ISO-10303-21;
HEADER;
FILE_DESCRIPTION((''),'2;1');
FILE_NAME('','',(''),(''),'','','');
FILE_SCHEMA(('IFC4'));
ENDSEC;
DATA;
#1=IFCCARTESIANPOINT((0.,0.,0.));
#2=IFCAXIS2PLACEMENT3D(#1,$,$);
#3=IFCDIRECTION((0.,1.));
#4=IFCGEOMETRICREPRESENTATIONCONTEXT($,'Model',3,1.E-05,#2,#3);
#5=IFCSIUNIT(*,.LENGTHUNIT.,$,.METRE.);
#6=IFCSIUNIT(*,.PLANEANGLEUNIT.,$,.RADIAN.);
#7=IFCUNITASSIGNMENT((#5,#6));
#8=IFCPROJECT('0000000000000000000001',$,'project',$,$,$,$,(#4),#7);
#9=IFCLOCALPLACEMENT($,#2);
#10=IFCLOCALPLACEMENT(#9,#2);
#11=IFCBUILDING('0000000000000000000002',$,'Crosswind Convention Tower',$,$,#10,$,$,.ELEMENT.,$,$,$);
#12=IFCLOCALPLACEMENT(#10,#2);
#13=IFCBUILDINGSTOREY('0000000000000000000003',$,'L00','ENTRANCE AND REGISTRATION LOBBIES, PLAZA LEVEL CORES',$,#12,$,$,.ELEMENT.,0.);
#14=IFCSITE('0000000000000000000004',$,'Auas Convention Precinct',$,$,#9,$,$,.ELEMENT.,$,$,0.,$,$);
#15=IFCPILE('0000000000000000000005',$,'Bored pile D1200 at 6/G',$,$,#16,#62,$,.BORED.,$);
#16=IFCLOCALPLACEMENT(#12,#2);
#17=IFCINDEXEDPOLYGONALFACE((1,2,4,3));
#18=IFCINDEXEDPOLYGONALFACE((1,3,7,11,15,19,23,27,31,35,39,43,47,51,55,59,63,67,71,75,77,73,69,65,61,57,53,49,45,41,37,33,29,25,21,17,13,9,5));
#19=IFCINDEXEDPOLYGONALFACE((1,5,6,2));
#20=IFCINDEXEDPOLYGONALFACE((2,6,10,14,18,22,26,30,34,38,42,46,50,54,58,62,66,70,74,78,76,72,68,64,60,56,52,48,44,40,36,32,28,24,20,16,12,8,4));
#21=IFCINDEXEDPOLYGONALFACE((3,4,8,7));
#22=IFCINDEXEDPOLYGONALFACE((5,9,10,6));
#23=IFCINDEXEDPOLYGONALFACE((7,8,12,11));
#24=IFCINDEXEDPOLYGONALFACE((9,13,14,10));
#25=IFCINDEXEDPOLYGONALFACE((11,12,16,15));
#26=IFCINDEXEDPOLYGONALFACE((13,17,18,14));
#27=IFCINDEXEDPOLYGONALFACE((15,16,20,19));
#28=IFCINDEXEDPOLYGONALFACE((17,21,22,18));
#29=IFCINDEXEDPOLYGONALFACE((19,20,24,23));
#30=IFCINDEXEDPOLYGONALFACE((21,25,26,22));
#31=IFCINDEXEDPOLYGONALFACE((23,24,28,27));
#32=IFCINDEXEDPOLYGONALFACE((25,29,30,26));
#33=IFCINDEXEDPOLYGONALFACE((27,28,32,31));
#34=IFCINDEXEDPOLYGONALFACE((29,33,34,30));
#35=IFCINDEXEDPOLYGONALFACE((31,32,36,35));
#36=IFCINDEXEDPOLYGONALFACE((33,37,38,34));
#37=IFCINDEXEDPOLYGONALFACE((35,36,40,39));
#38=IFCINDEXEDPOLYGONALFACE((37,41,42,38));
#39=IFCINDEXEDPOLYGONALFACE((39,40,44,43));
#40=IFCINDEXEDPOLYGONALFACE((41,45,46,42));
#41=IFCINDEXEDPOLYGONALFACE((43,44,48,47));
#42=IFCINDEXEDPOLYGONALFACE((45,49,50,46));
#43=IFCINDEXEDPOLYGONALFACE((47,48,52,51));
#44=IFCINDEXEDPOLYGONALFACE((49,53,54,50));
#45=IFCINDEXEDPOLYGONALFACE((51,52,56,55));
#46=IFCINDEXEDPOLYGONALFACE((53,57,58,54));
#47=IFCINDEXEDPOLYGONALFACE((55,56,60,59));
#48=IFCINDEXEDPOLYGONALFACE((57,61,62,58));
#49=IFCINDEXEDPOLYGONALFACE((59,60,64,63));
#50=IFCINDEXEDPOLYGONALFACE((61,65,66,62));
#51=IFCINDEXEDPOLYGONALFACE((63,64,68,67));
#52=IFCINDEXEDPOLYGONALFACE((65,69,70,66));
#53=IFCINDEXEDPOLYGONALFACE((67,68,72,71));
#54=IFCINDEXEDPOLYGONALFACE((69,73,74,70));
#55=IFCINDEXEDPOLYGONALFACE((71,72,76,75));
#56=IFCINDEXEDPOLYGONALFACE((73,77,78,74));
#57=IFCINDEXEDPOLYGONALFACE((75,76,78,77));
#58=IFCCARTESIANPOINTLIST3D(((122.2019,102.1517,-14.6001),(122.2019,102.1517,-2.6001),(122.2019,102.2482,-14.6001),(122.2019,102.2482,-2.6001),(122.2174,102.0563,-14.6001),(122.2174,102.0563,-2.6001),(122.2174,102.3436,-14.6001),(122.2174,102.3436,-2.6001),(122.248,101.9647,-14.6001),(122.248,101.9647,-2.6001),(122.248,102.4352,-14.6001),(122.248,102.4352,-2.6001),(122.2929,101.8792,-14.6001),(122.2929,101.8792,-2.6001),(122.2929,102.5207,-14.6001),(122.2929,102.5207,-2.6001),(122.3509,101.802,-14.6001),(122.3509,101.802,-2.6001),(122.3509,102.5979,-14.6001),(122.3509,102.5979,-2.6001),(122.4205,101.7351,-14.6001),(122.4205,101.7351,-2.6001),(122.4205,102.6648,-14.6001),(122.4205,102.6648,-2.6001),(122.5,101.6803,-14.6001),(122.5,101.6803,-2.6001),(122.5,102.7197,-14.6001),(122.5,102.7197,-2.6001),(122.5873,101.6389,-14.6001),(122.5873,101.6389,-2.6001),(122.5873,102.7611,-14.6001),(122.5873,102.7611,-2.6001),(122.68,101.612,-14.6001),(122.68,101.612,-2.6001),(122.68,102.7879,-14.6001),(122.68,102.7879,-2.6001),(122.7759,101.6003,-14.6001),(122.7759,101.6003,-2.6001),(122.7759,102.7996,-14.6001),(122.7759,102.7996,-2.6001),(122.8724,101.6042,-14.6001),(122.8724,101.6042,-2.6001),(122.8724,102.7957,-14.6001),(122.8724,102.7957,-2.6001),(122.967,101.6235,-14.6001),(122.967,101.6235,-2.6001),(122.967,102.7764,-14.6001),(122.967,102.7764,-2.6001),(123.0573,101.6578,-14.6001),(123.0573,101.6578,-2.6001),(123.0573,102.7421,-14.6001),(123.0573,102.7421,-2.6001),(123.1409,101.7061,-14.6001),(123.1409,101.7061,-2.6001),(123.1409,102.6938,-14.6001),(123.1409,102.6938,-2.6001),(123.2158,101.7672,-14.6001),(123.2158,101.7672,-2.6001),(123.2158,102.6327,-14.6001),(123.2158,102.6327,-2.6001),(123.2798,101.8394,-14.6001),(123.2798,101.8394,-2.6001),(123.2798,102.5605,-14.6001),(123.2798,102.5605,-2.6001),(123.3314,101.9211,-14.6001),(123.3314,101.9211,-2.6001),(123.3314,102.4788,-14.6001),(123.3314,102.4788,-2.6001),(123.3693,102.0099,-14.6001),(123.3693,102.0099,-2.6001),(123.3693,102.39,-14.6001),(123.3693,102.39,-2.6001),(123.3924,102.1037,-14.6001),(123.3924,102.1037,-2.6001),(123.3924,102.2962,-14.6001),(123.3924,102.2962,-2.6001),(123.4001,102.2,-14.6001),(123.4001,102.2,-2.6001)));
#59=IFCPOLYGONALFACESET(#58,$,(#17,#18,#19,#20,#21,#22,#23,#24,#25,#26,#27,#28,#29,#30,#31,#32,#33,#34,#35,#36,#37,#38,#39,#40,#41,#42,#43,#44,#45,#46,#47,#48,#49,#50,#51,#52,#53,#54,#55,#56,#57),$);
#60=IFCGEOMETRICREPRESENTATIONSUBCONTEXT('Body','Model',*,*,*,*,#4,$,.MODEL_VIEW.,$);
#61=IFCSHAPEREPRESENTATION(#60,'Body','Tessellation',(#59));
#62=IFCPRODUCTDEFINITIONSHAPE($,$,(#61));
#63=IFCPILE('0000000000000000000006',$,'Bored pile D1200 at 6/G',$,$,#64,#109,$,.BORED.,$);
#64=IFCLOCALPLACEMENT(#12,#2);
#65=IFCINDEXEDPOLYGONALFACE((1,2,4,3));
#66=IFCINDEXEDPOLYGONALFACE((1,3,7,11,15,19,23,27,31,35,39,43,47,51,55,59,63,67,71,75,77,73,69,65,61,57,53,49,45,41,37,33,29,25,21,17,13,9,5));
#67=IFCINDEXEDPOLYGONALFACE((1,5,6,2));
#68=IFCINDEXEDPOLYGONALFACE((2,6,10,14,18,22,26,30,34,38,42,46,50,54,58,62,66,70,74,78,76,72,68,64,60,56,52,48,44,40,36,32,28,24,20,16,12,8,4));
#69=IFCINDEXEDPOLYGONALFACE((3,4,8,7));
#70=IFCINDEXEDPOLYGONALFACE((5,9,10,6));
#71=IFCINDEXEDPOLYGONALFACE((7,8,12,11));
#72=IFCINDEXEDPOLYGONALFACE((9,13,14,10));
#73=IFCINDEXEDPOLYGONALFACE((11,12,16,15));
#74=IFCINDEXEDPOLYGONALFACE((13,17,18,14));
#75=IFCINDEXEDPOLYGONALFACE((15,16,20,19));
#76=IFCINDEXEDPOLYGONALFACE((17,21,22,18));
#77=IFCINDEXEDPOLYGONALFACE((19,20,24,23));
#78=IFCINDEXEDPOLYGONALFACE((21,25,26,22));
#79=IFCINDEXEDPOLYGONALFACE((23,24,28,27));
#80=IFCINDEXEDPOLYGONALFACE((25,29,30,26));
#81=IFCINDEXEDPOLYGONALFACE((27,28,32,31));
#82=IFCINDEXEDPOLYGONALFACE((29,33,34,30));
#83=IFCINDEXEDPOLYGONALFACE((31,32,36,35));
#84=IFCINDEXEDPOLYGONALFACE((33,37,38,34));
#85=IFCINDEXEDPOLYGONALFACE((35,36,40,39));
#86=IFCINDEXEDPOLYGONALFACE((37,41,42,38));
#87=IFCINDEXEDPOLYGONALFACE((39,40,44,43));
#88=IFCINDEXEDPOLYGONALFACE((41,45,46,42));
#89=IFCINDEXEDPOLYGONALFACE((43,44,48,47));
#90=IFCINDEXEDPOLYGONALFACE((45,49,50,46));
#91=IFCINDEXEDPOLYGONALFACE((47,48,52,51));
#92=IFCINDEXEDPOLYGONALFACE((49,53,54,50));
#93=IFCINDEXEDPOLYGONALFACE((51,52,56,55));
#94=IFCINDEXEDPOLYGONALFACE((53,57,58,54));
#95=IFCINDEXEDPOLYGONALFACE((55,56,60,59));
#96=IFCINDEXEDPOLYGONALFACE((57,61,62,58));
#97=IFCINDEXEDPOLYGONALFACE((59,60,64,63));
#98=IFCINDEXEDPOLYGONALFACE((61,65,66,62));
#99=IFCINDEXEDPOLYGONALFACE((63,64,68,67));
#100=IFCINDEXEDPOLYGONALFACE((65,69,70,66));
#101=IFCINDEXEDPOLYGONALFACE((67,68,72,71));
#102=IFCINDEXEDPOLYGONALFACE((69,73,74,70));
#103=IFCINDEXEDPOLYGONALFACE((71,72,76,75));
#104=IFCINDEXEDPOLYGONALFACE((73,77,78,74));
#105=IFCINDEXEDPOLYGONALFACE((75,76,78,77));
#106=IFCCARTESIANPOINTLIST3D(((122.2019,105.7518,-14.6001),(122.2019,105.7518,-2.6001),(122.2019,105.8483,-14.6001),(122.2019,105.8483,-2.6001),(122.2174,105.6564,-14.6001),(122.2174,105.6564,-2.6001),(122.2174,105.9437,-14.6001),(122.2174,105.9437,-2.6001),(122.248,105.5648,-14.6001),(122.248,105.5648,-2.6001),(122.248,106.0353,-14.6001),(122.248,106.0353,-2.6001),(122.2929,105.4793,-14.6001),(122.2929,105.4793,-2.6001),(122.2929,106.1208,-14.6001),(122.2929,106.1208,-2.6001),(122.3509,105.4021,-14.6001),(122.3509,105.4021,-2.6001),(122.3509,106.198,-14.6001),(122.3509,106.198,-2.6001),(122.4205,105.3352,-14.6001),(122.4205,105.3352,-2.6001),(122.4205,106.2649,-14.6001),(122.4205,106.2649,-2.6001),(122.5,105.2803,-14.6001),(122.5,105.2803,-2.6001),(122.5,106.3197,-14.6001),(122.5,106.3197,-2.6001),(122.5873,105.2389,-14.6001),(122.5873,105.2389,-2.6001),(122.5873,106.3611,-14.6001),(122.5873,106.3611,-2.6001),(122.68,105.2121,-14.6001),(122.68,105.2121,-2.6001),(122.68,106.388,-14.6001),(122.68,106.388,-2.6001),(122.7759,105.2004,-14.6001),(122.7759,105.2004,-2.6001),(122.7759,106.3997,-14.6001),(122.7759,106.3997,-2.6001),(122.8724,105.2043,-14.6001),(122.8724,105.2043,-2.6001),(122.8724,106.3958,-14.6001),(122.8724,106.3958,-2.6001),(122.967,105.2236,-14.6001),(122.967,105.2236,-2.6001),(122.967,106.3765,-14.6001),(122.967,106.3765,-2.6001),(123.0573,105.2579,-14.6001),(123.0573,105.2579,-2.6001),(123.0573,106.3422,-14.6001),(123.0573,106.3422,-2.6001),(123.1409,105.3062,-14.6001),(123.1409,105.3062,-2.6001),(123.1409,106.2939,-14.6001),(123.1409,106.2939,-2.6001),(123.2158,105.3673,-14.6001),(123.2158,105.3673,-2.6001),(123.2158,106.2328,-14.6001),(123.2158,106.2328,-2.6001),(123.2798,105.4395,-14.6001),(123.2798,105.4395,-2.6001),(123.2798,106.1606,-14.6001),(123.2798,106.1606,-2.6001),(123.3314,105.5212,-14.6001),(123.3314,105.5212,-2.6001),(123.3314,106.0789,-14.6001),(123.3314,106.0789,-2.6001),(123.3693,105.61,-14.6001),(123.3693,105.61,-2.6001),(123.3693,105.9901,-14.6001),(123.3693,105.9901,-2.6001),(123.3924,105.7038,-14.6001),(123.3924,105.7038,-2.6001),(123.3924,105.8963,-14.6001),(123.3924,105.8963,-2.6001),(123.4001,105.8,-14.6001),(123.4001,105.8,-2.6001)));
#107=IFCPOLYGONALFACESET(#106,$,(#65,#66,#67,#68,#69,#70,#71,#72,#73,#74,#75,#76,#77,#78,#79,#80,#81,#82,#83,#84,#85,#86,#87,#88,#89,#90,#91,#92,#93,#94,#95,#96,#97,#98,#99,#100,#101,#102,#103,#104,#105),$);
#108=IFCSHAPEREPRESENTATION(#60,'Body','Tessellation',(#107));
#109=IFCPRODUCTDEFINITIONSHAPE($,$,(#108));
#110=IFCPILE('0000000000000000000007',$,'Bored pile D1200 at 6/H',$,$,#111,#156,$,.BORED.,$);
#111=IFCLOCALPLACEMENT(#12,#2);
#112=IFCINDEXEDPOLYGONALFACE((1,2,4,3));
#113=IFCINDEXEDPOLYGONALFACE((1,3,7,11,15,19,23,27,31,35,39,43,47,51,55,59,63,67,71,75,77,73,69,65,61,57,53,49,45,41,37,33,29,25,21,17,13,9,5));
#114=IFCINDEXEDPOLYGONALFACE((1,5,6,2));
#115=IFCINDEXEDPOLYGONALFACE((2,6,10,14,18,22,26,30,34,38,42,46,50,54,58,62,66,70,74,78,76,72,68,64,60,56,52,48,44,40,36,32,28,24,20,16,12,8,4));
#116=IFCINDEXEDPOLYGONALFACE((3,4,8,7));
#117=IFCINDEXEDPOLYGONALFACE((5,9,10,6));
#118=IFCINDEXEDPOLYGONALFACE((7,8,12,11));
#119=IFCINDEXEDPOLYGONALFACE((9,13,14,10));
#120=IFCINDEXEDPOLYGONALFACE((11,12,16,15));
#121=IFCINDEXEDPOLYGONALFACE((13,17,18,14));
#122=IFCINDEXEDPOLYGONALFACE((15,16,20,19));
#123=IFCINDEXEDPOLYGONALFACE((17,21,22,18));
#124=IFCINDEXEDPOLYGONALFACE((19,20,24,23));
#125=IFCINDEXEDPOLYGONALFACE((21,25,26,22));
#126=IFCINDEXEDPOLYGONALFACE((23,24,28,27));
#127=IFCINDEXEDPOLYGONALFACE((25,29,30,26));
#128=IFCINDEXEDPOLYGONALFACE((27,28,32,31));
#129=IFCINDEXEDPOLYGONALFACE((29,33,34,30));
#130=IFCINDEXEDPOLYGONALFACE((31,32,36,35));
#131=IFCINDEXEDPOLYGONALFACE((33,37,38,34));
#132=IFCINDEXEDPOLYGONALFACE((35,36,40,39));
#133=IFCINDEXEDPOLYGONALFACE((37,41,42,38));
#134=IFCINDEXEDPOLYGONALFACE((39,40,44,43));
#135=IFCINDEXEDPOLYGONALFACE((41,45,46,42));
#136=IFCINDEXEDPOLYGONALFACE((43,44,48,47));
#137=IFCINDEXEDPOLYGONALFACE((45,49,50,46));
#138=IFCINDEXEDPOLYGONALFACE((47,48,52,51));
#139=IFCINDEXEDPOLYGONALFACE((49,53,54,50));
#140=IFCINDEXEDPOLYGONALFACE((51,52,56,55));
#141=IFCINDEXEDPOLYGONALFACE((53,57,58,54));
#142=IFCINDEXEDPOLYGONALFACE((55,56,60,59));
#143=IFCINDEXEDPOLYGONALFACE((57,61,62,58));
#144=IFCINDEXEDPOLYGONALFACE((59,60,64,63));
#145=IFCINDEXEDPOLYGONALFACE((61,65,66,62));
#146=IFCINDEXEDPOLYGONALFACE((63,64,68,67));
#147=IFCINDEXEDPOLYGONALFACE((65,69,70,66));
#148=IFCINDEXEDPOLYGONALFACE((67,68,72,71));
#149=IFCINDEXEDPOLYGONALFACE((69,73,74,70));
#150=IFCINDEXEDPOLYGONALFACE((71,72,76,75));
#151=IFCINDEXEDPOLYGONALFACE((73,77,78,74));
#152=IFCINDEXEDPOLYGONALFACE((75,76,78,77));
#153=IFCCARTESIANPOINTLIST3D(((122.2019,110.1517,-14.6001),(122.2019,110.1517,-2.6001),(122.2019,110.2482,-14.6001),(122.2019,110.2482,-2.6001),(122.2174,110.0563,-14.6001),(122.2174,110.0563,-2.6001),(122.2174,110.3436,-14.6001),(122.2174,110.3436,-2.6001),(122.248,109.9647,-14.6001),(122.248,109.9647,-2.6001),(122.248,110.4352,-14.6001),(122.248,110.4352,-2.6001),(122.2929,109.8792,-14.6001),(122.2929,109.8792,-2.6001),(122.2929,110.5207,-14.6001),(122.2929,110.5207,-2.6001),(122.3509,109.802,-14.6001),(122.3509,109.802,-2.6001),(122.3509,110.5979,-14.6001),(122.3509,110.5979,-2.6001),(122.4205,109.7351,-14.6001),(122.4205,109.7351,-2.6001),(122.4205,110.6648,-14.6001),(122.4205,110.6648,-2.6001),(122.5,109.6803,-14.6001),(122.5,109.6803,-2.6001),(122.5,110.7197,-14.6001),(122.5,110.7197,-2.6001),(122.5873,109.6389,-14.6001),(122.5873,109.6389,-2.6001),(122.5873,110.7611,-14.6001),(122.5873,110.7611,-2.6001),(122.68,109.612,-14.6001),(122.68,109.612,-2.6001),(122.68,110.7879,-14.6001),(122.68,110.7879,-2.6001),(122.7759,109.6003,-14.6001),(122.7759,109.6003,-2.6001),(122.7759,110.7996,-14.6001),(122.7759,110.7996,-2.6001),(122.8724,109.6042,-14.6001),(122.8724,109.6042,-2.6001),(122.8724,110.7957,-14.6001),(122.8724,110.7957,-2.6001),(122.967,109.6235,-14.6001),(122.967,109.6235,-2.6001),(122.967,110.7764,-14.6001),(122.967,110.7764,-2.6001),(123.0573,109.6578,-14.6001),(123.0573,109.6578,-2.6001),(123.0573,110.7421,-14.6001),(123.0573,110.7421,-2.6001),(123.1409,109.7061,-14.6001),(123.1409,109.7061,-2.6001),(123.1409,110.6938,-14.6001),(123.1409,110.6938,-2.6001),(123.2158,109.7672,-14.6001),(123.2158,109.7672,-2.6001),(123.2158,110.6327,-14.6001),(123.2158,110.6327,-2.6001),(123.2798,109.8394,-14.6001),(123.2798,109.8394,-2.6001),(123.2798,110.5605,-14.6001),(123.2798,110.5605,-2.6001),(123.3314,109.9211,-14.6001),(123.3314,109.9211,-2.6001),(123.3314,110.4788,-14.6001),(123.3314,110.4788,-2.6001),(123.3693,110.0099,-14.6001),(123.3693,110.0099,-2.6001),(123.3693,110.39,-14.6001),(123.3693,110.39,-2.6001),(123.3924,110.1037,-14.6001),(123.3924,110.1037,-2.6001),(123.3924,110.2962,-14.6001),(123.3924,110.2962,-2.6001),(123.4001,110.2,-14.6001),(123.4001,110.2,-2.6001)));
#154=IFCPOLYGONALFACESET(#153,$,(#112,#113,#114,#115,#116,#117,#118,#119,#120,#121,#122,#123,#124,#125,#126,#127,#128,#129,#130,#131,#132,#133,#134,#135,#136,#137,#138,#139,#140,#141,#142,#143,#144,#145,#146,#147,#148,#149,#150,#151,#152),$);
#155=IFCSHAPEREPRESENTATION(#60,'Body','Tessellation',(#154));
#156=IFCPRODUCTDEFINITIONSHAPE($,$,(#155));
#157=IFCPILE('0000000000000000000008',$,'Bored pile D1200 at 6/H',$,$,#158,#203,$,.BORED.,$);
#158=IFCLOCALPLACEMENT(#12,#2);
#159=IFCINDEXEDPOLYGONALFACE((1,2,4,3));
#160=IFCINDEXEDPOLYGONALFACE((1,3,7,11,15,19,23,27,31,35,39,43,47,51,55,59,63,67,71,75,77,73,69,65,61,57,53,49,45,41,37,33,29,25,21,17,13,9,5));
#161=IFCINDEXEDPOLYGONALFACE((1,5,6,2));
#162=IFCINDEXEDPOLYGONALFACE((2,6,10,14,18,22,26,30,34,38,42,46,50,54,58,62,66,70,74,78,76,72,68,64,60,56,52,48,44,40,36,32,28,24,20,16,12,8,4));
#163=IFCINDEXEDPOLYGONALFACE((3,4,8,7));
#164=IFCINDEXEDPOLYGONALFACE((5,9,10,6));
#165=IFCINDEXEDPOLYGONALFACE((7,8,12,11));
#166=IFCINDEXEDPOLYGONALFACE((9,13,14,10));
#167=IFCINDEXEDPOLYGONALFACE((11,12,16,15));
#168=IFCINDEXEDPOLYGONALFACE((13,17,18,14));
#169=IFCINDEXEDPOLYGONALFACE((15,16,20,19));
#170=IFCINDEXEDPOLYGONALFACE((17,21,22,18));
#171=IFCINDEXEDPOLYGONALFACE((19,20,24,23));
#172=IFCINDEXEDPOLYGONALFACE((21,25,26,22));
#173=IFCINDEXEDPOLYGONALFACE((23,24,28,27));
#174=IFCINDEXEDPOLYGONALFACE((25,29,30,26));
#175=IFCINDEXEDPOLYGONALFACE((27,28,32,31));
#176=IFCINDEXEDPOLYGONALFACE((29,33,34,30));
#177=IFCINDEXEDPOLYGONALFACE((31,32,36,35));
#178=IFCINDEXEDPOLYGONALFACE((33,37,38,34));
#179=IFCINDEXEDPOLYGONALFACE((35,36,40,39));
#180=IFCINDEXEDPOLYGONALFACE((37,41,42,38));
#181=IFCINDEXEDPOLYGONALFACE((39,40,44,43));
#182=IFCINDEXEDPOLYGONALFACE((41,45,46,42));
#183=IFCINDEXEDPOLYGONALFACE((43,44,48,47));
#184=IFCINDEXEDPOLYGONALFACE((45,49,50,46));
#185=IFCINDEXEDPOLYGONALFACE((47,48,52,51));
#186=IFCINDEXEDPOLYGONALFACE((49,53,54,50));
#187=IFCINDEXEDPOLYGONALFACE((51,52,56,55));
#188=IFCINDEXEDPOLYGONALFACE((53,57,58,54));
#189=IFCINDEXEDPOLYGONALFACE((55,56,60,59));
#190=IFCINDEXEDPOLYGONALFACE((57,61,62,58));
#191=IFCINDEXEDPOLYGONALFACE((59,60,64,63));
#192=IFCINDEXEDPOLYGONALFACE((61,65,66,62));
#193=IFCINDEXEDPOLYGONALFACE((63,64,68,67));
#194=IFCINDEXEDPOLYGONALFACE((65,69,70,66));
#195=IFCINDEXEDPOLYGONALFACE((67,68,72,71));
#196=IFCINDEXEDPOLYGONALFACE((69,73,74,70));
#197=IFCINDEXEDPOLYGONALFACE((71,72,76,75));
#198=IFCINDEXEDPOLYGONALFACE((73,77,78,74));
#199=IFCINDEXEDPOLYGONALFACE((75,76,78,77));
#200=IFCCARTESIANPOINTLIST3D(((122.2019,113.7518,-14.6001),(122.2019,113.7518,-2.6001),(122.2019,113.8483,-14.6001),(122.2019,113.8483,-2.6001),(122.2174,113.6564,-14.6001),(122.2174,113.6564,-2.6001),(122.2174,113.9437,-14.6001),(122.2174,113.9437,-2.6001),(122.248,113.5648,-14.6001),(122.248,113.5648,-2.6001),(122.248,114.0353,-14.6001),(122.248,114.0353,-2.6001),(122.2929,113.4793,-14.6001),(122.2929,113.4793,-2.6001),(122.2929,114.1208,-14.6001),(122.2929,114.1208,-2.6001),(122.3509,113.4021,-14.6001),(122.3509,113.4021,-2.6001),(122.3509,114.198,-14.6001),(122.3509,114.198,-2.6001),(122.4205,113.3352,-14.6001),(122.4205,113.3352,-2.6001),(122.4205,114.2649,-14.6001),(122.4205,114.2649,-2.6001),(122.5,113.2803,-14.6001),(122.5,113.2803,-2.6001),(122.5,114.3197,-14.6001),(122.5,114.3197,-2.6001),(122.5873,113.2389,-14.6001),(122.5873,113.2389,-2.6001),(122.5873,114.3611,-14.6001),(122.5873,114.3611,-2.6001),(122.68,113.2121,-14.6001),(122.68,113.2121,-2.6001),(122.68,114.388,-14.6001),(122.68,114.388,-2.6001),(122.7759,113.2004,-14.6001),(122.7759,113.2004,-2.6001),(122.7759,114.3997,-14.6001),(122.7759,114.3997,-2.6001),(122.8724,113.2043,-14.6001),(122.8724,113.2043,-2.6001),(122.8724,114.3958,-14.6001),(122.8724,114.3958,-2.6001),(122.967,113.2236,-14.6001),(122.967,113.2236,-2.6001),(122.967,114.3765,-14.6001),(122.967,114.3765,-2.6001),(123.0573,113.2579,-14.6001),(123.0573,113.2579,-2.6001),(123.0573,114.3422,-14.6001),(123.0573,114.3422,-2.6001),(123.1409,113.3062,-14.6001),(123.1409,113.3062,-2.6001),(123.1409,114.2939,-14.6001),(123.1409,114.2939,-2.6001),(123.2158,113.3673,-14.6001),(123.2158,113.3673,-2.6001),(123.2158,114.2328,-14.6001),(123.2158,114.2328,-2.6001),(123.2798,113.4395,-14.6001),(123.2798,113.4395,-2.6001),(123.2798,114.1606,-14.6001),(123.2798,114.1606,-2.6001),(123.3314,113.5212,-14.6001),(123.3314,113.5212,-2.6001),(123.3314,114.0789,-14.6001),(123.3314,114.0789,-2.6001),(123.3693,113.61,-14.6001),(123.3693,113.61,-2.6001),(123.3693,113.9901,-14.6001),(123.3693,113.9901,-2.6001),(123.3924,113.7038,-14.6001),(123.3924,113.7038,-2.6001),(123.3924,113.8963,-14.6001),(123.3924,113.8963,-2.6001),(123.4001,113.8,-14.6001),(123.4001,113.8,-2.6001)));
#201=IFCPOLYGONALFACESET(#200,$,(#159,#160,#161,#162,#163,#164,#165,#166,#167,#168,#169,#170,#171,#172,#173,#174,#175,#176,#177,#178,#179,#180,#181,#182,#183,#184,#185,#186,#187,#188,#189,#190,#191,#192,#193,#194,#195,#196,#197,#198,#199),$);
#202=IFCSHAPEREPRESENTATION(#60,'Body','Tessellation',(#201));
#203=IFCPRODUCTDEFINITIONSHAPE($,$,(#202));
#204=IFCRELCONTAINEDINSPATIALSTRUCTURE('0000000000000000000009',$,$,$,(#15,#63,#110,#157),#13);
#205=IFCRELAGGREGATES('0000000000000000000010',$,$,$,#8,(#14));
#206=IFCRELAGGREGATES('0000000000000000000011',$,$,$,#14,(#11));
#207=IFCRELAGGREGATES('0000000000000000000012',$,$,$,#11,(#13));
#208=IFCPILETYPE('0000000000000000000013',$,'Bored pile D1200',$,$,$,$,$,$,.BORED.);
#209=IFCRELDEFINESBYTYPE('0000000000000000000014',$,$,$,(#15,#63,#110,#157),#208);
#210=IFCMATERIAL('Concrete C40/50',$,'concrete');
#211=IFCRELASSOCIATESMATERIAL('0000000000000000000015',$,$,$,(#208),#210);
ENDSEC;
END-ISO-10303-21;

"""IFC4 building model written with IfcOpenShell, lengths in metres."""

from ifc_helpers import new_model, si_unit, direction, frame, origin, origin_2d, place, context, subcontext, project, spatial, circle, extrude, material, material_profile, profile_set, type_object, element, save


model = new_model("IFC4")

# Units and contexts
model_context = context("Model", 3, precision=1e-05, world=origin(), true_north=direction((0.0, 1.0)))
body_context = subcontext(model_context, "Body", "Model", "MODEL_VIEW")
ifc_project = project(units=[si_unit("LENGTHUNIT", "METRE"), si_unit("PLANEANGLEUNIT", "RADIAN")], contexts=[model_context])

# Site, building, storey
site_placement = place(None, origin())
site = spatial("IfcSite", under=ifc_project, at=site_placement, Name="Auas Convention Precinct", CompositionType="ELEMENT", RefElevation=0.0)
building_placement = place(site_placement, origin())
building = spatial("IfcBuilding", under=site, at=building_placement, Name="Crosswind Convention Tower", CompositionType="ELEMENT")
storey_placement = place(building_placement, origin())
storey = spatial("IfcBuildingStorey", under=building, at=storey_placement, Name="L00", Description="ENTRANCE AND REGISTRATION LOBBIES, PLAZA LEVEL CORES", CompositionType="ELEMENT", Elevation=0.0)

# Piles
ifc_material_1 = material(Name="Concrete C40/50", Category="concrete")
ifc_material_profile_1 = material_profile(ifc_material_1, circle(Radius=0.6001, at=origin_2d()), Name="Bored pile D1200")
ifc_profile_set_1 = profile_set([ifc_material_profile_1], Name="Concrete C40/50")
pile_type = type_object("IfcPileType", Name="Bored pile D1200", PredefinedType="BORED", material=ifc_profile_set_1)
for number, where, z_axis, x_axis, name in (
    (1, (122.8, 102.2, -2.6001), (0.0, 0.0, -1.0), (1.0, 0.0, 0.0), "Bored pile D1200 at 6/G"),
    (2, (122.8, 105.8, -2.6001), (0.0, 0.0, -1.0), (1.0, 0.0, 0.0), "Bored pile D1200 at 6/G"),
    (3, (122.8, 110.2, -2.6001), (0.0, 0.0, -1.0), (1.0, 0.0, 0.0), "Bored pile D1200 at 6/H"),
    (4, (122.8, 113.8, -2.6001), (0.0, 0.0, -1.0), (1.0, 0.0, 0.0), "Bored pile D1200 at 6/H"),
):
    element("IfcPile", number, at=place(storey_placement, frame(where, z_axis=z_axis, x_axis=x_axis)), inside=storey, type_object=pile_type, Name=name, PredefinedType="BORED", context=body_context, shape_type="SweptSolid", body=[
        extrude(circle(Radius=0.6001, at=origin_2d()), origin(), (0.0, 0.0, 1.0), 12.0),
    ])

save(model, "model.ifc")
